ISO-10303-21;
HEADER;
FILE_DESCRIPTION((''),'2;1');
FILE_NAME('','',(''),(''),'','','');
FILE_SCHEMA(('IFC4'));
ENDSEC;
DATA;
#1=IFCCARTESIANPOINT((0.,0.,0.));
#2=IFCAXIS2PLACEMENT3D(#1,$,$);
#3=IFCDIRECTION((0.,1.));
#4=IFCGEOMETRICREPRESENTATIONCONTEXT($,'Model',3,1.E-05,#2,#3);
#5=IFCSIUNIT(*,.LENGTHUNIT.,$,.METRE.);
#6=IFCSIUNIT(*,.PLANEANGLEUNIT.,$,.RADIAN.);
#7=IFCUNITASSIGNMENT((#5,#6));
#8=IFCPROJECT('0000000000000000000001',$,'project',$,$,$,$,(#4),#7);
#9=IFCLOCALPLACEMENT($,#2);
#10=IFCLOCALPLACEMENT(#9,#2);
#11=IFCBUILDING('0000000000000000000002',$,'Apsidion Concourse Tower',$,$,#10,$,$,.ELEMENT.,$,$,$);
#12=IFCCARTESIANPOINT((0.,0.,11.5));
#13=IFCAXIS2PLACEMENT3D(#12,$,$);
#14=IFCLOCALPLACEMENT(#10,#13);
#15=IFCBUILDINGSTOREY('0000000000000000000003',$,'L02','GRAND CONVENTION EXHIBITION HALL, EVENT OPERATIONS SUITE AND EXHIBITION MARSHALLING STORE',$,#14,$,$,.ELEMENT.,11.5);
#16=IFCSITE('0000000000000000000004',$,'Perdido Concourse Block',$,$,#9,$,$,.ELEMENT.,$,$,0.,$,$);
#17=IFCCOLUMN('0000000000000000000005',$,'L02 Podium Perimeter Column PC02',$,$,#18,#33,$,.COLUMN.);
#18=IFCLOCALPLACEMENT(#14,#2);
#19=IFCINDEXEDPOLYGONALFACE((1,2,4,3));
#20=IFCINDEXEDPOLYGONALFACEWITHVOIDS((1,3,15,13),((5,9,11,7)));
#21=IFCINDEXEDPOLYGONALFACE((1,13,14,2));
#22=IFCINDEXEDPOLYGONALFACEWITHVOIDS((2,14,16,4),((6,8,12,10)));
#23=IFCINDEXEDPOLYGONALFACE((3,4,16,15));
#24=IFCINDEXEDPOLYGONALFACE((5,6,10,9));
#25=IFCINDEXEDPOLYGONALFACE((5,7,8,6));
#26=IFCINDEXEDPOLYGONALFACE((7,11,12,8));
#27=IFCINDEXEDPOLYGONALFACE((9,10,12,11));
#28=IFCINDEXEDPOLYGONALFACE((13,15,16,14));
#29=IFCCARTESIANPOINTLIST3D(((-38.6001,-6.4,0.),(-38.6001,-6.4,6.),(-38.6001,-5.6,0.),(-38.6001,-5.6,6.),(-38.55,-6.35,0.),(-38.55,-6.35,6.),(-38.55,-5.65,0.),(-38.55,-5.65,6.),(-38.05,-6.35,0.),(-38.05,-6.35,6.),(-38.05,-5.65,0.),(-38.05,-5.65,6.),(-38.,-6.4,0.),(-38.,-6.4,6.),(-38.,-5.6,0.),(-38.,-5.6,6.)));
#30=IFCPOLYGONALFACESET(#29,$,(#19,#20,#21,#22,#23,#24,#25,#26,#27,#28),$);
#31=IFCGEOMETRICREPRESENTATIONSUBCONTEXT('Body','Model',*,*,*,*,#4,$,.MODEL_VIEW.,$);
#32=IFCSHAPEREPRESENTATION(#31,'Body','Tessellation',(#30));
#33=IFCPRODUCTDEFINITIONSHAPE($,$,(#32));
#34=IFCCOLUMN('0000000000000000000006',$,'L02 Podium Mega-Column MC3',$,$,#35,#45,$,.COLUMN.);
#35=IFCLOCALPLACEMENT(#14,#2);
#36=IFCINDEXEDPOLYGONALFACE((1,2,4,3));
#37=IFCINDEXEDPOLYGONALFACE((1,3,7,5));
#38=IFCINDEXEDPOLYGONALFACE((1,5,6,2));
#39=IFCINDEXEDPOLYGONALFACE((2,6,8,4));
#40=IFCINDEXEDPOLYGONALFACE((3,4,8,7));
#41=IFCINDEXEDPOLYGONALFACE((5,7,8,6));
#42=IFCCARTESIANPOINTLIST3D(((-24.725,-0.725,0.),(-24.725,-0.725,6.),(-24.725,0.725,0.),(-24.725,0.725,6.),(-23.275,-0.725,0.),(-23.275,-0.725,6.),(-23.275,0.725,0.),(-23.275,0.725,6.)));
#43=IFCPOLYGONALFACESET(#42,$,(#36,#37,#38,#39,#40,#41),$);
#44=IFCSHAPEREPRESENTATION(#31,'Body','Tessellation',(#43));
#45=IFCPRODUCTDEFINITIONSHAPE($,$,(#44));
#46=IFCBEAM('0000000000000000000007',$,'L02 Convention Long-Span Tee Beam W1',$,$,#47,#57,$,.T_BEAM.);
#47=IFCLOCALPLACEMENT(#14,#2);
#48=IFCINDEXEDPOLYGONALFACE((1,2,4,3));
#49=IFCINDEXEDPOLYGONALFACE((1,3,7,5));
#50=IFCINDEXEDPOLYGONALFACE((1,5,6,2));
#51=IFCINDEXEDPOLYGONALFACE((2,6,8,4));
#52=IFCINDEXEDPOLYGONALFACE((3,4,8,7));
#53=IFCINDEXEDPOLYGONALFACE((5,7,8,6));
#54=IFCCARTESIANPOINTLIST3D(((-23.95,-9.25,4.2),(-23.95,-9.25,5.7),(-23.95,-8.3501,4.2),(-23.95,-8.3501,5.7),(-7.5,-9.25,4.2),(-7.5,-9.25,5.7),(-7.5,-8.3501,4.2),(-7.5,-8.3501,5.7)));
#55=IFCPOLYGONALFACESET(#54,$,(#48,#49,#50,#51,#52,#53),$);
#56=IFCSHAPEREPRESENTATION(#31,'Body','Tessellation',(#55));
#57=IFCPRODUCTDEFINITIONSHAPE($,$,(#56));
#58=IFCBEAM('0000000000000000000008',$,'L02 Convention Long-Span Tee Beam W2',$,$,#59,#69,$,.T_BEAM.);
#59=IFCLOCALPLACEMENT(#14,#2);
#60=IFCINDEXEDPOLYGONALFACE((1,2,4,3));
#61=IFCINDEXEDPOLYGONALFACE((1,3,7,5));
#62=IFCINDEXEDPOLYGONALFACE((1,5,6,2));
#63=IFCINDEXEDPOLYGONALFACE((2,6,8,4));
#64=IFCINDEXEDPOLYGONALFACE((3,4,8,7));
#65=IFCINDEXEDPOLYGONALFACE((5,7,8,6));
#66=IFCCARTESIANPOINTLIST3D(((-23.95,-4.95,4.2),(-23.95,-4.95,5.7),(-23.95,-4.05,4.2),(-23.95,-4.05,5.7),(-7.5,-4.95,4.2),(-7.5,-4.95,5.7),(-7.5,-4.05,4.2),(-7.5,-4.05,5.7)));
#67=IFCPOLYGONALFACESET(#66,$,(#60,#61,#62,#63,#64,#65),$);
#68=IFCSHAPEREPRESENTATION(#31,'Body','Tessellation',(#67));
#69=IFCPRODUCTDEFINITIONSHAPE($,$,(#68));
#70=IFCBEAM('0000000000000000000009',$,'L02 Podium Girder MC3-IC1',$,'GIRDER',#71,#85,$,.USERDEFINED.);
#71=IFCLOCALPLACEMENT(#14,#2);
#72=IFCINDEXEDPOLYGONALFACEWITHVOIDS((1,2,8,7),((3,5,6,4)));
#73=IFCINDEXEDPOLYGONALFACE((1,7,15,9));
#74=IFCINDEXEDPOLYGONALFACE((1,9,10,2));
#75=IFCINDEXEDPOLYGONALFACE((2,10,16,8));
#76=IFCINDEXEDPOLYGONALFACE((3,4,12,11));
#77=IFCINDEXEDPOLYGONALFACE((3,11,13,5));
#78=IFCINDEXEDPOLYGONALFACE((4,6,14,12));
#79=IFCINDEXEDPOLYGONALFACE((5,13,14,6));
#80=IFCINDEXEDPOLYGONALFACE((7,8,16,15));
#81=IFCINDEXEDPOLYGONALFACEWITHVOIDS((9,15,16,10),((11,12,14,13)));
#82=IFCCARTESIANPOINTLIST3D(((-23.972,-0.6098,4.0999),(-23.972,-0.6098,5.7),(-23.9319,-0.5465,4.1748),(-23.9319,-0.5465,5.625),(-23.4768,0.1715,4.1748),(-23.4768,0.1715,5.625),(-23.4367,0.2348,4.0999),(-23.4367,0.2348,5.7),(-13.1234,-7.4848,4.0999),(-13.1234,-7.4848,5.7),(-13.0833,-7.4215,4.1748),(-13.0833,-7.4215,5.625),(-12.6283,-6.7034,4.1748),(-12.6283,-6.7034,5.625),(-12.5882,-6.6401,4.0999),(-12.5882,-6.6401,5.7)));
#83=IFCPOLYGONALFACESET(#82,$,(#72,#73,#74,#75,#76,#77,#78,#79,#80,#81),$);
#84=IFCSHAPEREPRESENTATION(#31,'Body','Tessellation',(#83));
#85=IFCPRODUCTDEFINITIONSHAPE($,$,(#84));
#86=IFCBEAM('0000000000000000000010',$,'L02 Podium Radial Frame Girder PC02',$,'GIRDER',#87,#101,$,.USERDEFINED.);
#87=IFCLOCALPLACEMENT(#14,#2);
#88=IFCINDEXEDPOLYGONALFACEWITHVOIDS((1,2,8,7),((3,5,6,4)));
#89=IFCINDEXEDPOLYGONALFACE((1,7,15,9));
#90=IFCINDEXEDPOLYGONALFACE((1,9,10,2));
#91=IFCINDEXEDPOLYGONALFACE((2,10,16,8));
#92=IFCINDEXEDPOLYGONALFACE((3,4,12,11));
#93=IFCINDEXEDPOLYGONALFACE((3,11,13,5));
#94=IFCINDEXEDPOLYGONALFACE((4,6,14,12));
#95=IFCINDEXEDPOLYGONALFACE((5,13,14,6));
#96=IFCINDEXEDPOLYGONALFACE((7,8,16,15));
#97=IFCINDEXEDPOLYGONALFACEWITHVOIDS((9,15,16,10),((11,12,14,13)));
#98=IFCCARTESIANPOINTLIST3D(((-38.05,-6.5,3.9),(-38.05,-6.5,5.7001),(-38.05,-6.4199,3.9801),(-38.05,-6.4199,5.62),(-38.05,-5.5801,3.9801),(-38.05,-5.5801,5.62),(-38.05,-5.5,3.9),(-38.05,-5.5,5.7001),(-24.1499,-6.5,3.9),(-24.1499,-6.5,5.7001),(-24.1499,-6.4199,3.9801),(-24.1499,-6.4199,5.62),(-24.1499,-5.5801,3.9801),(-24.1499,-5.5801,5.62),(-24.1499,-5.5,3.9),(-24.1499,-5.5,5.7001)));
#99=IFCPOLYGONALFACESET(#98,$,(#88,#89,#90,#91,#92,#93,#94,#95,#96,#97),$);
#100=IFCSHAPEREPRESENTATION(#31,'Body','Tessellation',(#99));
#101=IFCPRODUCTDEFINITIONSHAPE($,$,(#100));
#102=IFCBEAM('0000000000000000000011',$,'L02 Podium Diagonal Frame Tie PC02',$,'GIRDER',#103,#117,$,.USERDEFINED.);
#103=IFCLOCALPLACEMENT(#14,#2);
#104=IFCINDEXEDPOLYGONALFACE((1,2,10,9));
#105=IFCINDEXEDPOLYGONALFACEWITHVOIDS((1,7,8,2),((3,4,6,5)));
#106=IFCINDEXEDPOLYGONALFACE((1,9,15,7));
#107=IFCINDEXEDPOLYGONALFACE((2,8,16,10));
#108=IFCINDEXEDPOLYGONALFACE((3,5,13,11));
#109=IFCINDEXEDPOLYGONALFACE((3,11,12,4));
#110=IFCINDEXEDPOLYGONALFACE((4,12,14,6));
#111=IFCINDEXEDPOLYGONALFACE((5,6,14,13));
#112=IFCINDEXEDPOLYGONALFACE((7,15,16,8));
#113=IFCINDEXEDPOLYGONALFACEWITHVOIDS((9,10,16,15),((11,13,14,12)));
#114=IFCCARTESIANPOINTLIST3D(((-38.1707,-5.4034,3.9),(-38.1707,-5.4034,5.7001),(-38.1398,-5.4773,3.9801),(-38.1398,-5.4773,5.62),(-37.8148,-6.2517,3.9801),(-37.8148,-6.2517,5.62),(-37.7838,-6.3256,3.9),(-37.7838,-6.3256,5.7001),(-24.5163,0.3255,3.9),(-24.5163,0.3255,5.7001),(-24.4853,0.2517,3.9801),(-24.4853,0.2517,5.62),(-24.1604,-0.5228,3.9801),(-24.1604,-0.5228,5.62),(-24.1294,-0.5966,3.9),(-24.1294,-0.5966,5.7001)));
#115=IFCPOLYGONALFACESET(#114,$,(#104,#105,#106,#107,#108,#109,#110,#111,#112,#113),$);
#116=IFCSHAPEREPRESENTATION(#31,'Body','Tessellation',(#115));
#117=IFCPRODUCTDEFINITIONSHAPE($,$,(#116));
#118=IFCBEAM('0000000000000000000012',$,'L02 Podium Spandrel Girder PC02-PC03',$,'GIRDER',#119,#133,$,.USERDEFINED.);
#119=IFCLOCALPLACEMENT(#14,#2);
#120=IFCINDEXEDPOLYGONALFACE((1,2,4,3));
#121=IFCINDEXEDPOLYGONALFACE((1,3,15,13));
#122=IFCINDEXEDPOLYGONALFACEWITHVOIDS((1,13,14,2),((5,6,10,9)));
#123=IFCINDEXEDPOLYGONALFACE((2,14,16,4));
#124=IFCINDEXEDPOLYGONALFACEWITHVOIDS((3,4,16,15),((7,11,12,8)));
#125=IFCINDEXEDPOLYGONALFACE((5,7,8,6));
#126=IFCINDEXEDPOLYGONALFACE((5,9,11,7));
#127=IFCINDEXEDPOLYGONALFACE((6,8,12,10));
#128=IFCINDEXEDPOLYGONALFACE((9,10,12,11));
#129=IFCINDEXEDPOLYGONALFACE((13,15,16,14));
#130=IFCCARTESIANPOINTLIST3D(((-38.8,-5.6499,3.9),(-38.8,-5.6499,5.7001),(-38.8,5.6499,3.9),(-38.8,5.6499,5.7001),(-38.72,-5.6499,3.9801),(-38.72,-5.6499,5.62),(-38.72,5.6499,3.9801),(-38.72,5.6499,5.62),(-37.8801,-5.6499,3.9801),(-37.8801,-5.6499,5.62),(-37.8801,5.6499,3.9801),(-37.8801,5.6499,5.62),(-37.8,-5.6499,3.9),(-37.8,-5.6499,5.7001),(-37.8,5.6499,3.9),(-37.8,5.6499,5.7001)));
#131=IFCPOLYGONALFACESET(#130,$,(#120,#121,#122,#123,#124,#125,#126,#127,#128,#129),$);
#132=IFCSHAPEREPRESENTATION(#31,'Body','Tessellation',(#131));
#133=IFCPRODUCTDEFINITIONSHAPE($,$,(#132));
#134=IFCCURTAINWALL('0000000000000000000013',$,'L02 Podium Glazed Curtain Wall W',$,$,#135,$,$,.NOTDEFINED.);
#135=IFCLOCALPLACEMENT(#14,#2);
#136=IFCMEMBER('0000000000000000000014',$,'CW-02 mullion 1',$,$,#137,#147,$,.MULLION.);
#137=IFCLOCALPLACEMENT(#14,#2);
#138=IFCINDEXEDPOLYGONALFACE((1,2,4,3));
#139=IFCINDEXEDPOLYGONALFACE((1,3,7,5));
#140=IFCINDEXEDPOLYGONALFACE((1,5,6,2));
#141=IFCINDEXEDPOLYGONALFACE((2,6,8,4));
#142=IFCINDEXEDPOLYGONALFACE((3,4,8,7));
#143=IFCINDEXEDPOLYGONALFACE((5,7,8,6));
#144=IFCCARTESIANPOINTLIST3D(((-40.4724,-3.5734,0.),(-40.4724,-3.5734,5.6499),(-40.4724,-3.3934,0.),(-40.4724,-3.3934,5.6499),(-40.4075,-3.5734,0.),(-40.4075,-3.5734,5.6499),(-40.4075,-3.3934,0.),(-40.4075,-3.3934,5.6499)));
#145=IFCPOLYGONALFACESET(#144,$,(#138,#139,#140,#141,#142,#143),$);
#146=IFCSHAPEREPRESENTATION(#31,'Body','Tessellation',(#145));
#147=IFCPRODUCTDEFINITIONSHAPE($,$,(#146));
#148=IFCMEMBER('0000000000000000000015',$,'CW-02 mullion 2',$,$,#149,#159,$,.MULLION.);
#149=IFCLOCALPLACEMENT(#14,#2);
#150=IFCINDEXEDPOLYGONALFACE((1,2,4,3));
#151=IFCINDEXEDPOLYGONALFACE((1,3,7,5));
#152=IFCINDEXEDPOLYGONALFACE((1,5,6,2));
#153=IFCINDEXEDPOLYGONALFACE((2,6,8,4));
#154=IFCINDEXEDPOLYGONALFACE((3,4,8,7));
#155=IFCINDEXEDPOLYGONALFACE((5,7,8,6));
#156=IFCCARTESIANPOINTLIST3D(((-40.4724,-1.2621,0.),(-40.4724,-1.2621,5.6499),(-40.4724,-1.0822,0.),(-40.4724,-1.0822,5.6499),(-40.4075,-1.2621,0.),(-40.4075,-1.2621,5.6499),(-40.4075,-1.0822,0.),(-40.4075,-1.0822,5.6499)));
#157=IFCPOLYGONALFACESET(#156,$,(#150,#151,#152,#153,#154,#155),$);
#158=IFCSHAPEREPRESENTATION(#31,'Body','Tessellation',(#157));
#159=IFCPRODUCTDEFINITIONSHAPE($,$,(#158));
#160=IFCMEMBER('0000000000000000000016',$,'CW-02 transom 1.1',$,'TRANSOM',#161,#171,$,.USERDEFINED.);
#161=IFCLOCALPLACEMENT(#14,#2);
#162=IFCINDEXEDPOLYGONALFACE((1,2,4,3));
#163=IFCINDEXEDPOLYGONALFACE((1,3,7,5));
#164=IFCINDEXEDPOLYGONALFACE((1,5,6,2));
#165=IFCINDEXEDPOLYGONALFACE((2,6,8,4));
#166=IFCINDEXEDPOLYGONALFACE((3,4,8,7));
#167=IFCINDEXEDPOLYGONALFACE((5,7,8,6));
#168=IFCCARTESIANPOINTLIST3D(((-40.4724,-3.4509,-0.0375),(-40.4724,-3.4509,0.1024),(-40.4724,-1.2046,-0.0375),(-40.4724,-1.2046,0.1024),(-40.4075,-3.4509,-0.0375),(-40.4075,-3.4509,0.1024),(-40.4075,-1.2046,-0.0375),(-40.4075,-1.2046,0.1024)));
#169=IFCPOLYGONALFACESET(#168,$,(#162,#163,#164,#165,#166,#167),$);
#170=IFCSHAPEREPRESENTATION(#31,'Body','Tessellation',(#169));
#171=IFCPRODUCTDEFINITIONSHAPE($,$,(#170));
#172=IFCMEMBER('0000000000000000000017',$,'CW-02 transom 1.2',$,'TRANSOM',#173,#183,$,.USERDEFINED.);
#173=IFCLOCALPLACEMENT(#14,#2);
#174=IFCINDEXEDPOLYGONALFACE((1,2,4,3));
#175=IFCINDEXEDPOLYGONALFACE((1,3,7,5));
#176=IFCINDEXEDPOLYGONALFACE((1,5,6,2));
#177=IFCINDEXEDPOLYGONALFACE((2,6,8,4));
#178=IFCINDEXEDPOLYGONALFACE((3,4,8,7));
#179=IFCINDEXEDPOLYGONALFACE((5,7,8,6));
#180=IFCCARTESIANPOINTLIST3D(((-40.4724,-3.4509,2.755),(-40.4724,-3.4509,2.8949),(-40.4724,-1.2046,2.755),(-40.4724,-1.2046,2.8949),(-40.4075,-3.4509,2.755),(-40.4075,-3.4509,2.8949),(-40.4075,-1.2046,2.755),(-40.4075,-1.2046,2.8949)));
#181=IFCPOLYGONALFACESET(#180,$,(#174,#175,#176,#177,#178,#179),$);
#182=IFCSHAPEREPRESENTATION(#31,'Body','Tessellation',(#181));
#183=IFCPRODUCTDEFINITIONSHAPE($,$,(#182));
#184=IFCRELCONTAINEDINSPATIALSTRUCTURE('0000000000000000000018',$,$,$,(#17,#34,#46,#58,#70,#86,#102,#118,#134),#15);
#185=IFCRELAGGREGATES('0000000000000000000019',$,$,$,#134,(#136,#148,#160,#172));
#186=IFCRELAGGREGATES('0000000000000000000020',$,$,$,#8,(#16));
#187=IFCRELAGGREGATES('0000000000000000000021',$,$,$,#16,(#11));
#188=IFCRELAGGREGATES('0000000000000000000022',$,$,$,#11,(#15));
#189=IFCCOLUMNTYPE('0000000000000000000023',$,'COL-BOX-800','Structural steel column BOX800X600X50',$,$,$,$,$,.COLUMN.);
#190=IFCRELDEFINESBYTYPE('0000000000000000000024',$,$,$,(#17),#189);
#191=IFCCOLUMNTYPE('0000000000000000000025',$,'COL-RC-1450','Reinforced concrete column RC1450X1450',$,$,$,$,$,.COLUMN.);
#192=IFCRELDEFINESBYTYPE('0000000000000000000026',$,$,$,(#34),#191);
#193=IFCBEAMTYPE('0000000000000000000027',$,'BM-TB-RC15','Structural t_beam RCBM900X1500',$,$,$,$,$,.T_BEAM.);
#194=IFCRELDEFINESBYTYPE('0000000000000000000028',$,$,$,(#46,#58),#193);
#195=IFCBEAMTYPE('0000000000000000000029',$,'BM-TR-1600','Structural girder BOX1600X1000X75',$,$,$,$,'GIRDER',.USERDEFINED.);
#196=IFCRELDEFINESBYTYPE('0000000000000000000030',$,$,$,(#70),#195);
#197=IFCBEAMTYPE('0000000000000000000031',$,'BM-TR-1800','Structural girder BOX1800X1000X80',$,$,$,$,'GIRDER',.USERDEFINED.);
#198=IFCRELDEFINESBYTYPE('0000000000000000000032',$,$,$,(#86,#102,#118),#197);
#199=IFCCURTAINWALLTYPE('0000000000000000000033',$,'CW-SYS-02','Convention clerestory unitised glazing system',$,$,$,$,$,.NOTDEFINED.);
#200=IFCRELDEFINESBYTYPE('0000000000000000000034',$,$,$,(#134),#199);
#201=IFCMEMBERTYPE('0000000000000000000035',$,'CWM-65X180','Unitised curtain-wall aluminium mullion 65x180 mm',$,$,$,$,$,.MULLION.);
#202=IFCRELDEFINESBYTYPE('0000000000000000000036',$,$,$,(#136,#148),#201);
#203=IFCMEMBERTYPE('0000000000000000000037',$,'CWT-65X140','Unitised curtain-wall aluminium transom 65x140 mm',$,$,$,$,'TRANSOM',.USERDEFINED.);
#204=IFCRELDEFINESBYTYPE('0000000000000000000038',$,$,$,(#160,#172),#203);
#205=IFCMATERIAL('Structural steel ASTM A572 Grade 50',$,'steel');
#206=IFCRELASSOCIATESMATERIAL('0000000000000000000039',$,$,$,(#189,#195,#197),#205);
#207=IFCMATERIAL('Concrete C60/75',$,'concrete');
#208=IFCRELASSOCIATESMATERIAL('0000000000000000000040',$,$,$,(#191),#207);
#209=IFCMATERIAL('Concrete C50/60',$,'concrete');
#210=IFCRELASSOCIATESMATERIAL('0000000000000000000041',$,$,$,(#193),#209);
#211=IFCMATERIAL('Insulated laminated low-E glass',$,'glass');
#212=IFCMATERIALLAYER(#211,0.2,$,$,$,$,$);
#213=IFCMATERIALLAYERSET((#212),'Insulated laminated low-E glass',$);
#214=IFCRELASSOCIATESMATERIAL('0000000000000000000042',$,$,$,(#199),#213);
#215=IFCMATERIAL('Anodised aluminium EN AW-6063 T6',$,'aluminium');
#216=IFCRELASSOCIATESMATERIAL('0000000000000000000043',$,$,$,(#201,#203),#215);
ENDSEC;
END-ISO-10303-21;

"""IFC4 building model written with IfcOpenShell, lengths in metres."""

from ifc_helpers import new_model, si_unit, direction, frame, origin, origin_2d, place, context, subcontext, project, spatial, rectangle, hollow_rectangle, extrude, material, layer, layer_set, material_profile, profile_set, type_object, element, aggregate, save


model = new_model("IFC4")

# Units and contexts
model_context = context("Model", 3, precision=1e-05, world=origin(), true_north=direction((0.0, 1.0)))
body_context = subcontext(model_context, "Body", "Model", "MODEL_VIEW")
ifc_project = project(units=[si_unit("LENGTHUNIT", "METRE"), si_unit("PLANEANGLEUNIT", "RADIAN")], contexts=[model_context])

# Site, building, storey
site_placement = place(None, origin())
site = spatial("IfcSite", under=ifc_project, at=site_placement, Name="Perdido Concourse Block", CompositionType="ELEMENT", RefElevation=0.0)
building_placement = place(site_placement, origin())
building = spatial("IfcBuilding", under=site, at=building_placement, Name="Apsidion Concourse Tower", CompositionType="ELEMENT")
storey_placement = place(building_placement, frame((0.0, 0.0, 11.5)))
storey = spatial("IfcBuildingStorey", under=building, at=storey_placement, Name="L02", Description="GRAND CONVENTION EXHIBITION HALL, EVENT OPERATIONS SUITE AND EXHIBITION MARSHALLING STORE", CompositionType="ELEMENT", Elevation=11.5)

# Columns
ifc_material_1 = material(Name="Structural steel ASTM A572 Grade 50", Category="steel")
ifc_material_profile_1 = material_profile(ifc_material_1, hollow_rectangle(XDim=0.6001, YDim=0.8, WallThickness=0.05, at=origin_2d()), Name="BOX800X600X50")
ifc_profile_set_1 = profile_set([ifc_material_profile_1], Name="Structural steel ASTM A572 Grade 50")
column_type_1 = type_object("IfcColumnType", Name="COL-BOX-800", Description="Structural steel column BOX800X600X50", PredefinedType="COLUMN", material=ifc_profile_set_1)
column_1_placement = place(storey_placement, frame((-38.3, -6.0, 0.0), z_axis=(0.0, 0.0, 1.0), x_axis=(1.0, 0.0, 0.0)))
element("IfcColumn", 1, at=column_1_placement, inside=storey, type_object=column_type_1, Name="L02 Podium Perimeter Column PC02", PredefinedType="COLUMN", context=body_context, shape_type="SweptSolid", body=[
    extrude(hollow_rectangle(XDim=0.6001, YDim=0.8, WallThickness=0.05, at=origin_2d()), origin(), (0.0, 0.0, 1.0), 6.0),
])
ifc_material_2 = material(Name="Concrete C60/75", Category="concrete")
ifc_material_profile_2 = material_profile(ifc_material_2, rectangle(XDim=1.45, YDim=1.45, at=origin_2d()), Name="RC 1450x1450")
ifc_profile_set_2 = profile_set([ifc_material_profile_2], Name="Concrete C60/75")
column_type_2 = type_object("IfcColumnType", Name="COL-RC-1450", Description="Reinforced concrete column RC1450X1450", PredefinedType="COLUMN", material=ifc_profile_set_2)
column_2_placement = place(storey_placement, frame((-24.0, 0.0, 0.0), z_axis=(0.0, 0.0, 1.0), x_axis=(1.0, 0.0, 0.0)))
element("IfcColumn", 2, at=column_2_placement, inside=storey, type_object=column_type_2, Name="L02 Podium Mega-Column MC3", PredefinedType="COLUMN", context=body_context, shape_type="SweptSolid", body=[
    extrude(rectangle(XDim=1.45, YDim=1.45, at=origin_2d()), origin(), (0.0, 0.0, 1.0), 6.0),
])

# Beams
ifc_material_3 = material(Name="Concrete C50/60", Category="concrete")
ifc_material_profile_3 = material_profile(ifc_material_3, rectangle(XDim=0.8999, YDim=1.5, at=origin_2d()), Name="RC 900x1500")
ifc_profile_set_3 = profile_set([ifc_material_profile_3], Name="Concrete C50/60")
beam_type_1 = type_object("IfcBeamType", Name="BM-TB-RC15", Description="Structural t_beam RCBM900X1500", PredefinedType="T_BEAM", material=ifc_profile_set_3)
for number, where, z_axis, x_axis, name in (
    (3, (-23.95, -8.8, 4.95), (1.0, 0.0, 0.0), (0.0, 1.0, 0.0), "L02 Convention Long-Span Tee Beam W1"),
    (4, (-23.95, -4.5, 4.95), (1.0, 0.0, 0.0), (0.0, 1.0, 0.0), "L02 Convention Long-Span Tee Beam W2"),
):
    element("IfcBeam", number, at=place(storey_placement, frame(where, z_axis=z_axis, x_axis=x_axis)), inside=storey, type_object=beam_type_1, Name=name, PredefinedType="T_BEAM", context=body_context, shape_type="SweptSolid", body=[
        extrude(rectangle(XDim=0.8999, YDim=1.5, at=origin_2d()), origin(), (0.0, 0.0, 1.0), 16.45),
    ])
ifc_material_profile_4 = material_profile(ifc_material_1, hollow_rectangle(XDim=1.0, YDim=1.6001, WallThickness=0.075, at=origin_2d()), Name="BOX1600X1000X75")
ifc_profile_set_4 = profile_set([ifc_material_profile_4], Name="Structural steel ASTM A572 Grade 50")
beam_type_2 = type_object("IfcBeamType", Name="BM-TR-1600", Description="Structural girder BOX1600X1000X75", ElementType="GIRDER", PredefinedType="USERDEFINED", material=ifc_profile_set_4)
beam_1_placement = place(storey_placement, frame((-23.7043, -0.1875, 4.8999), z_axis=(0.844671, -0.535285, 0.0), x_axis=(0.535285, 0.844671, 0.0)))
element("IfcBeam", 5, at=beam_1_placement, inside=storey, type_object=beam_type_2, Name="L02 Podium Girder MC3-IC1", ObjectType="GIRDER", PredefinedType="USERDEFINED", context=body_context, shape_type="SweptSolid", body=[
    extrude(hollow_rectangle(XDim=1.0, YDim=1.6001, WallThickness=0.075, at=origin_2d()), origin(), (0.0, 0.0, 1.0), 12.8435),
])
ifc_material_profile_5 = material_profile(ifc_material_1, hollow_rectangle(XDim=1.0, YDim=1.8, WallThickness=0.0801, at=origin_2d()), Name="BOX1800X1000X80")
ifc_profile_set_5 = profile_set([ifc_material_profile_5], Name="Structural steel ASTM A572 Grade 50")
beam_type_3 = type_object("IfcBeamType", Name="BM-TR-1800", Description="Structural girder BOX1800X1000X80", ElementType="GIRDER", PredefinedType="USERDEFINED", material=ifc_profile_set_5)
beam_2_placement = place(storey_placement, frame((-38.05, -6.0, 4.8), z_axis=(1.0, 0.0, 0.0), x_axis=(0.0, 1.0, 0.0)))
element("IfcBeam", 6, at=beam_2_placement, inside=storey, type_object=beam_type_3, Name="L02 Podium Radial Frame Girder PC02", ObjectType="GIRDER", PredefinedType="USERDEFINED", context=body_context, shape_type="SweptSolid", body=[
    extrude(hollow_rectangle(XDim=1.0, YDim=1.8, WallThickness=0.0801, at=origin_2d()), origin(), (0.0, 0.0, 1.0), 13.9001),
])
beam_3_placement = place(storey_placement, frame((-37.9773, -5.8645, 4.8), z_axis=(0.922124, 0.386894, 0.0), x_axis=(-0.386894, 0.922124, 0.0)))
element("IfcBeam", 7, at=beam_3_placement, inside=storey, type_object=beam_type_3, Name="L02 Podium Diagonal Frame Tie PC02", ObjectType="GIRDER", PredefinedType="USERDEFINED", context=body_context, shape_type="SweptSolid", body=[
    extrude(hollow_rectangle(XDim=1.0, YDim=1.8, WallThickness=0.0801, at=origin_2d()), origin(), (0.0, 0.0, 1.0), 14.8076),
])
beam_4_placement = place(storey_placement, frame((-38.3, -5.6499, 4.8), z_axis=(0.0, 1.0, 0.0), x_axis=(-1.0, 0.0, 0.0)))
element("IfcBeam", 8, at=beam_4_placement, inside=storey, type_object=beam_type_3, Name="L02 Podium Spandrel Girder PC02-PC03", ObjectType="GIRDER", PredefinedType="USERDEFINED", context=body_context, shape_type="SweptSolid", body=[
    extrude(hollow_rectangle(XDim=1.0, YDim=1.8, WallThickness=0.0801, at=origin_2d()), origin(), (0.0, 0.0, 1.0), 11.2998),
])

# Curtain wall, members
ifc_material_4 = material(Name="Insulated laminated low-E glass", Category="glass")
ifc_layer_1 = layer(ifc_material_4, 0.2)
ifc_layer_set_1 = layer_set([ifc_layer_1], Name="Insulated laminated low-E glass")
curtain_wall_type = type_object("IfcCurtainWallType", Name="CW-SYS-02", Description="Convention clerestory unitised glazing system", PredefinedType="NOTDEFINED", material=ifc_layer_set_1)
curtain_wall_placement = place(storey_placement, origin())
curtain_wall = element("IfcCurtainWall", 9, at=curtain_wall_placement, inside=storey, type_object=curtain_wall_type, Name="L02 Podium Glazed Curtain Wall W", PredefinedType="NOTDEFINED")
ifc_material_5 = material(Name="Anodised aluminium EN AW-6063 T6", Category="aluminium")
ifc_material_profile_6 = material_profile(ifc_material_5, rectangle(XDim=0.0649, YDim=0.1799, at=origin_2d()), Name="ALU MULLION 65x180")
ifc_profile_set_6 = profile_set([ifc_material_profile_6], Name="Anodised aluminium EN AW-6063 T6")
member_type_1 = type_object("IfcMemberType", Name="CWM-65X180", Description="Unitised curtain-wall aluminium mullion 65x180 mm", PredefinedType="MULLION", material=ifc_profile_set_6)
member_1_placement = place(storey_placement, frame((-40.4399, -3.4834, 0.0), z_axis=(0.0, 0.0, 1.0), x_axis=(-1.0, 0.0, 0.0)))
member_1 = element("IfcMember", 10, at=member_1_placement, type_object=member_type_1, Name="CW-02 mullion 1", PredefinedType="MULLION", context=body_context, shape_type="SweptSolid", body=[
    extrude(rectangle(XDim=0.0649, YDim=0.1799, at=origin_2d()), origin(), (0.0, 0.0, 1.0), 5.6499),
])
member_2_placement = place(storey_placement, frame((-40.4399, -1.1721, 0.0), z_axis=(0.0, 0.0, 1.0), x_axis=(-1.0, 0.0, 0.0)))
member_2 = element("IfcMember", 11, at=member_2_placement, type_object=member_type_1, Name="CW-02 mullion 2", PredefinedType="MULLION", context=body_context, shape_type="SweptSolid", body=[
    extrude(rectangle(XDim=0.0649, YDim=0.1799, at=origin_2d()), origin(), (0.0, 0.0, 1.0), 5.6499),
])
ifc_material_profile_7 = material_profile(ifc_material_5, rectangle(XDim=0.0649, YDim=0.1399, at=origin_2d()), Name="ALU TRANSOM 65x140")
ifc_profile_set_7 = profile_set([ifc_material_profile_7], Name="Anodised aluminium EN AW-6063 T6")
member_type_2 = type_object("IfcMemberType", Name="CWT-65X140", Description="Unitised curtain-wall aluminium transom 65x140 mm", ElementType="TRANSOM", PredefinedType="USERDEFINED", material=ifc_profile_set_7)
member_3_placement = place(storey_placement, frame((-40.4399, -3.4509, 0.0325), z_axis=(0.0, 1.0, 0.0), x_axis=(-1.0, 0.0, 0.0)))
member_3 = element("IfcMember", 12, at=member_3_placement, type_object=member_type_2, Name="CW-02 transom 1.1", ObjectType="TRANSOM", PredefinedType="USERDEFINED", context=body_context, shape_type="SweptSolid", body=[
    extrude(rectangle(XDim=0.0649, YDim=0.1399, at=origin_2d()), origin(), (0.0, 0.0, 1.0), 2.2463),
])
member_4_placement = place(storey_placement, frame((-40.4399, -3.4509, 2.825), z_axis=(0.0, 1.0, 0.0), x_axis=(-1.0, 0.0, 0.0)))
member_4 = element("IfcMember", 13, at=member_4_placement, type_object=member_type_2, Name="CW-02 transom 1.2", ObjectType="TRANSOM", PredefinedType="USERDEFINED", context=body_context, shape_type="SweptSolid", body=[
    extrude(rectangle(XDim=0.0649, YDim=0.1399, at=origin_2d()), origin(), (0.0, 0.0, 1.0), 2.2463),
])
aggregate(curtain_wall, [member_1, member_2, member_3, member_4])

save(model, "model.ifc")
